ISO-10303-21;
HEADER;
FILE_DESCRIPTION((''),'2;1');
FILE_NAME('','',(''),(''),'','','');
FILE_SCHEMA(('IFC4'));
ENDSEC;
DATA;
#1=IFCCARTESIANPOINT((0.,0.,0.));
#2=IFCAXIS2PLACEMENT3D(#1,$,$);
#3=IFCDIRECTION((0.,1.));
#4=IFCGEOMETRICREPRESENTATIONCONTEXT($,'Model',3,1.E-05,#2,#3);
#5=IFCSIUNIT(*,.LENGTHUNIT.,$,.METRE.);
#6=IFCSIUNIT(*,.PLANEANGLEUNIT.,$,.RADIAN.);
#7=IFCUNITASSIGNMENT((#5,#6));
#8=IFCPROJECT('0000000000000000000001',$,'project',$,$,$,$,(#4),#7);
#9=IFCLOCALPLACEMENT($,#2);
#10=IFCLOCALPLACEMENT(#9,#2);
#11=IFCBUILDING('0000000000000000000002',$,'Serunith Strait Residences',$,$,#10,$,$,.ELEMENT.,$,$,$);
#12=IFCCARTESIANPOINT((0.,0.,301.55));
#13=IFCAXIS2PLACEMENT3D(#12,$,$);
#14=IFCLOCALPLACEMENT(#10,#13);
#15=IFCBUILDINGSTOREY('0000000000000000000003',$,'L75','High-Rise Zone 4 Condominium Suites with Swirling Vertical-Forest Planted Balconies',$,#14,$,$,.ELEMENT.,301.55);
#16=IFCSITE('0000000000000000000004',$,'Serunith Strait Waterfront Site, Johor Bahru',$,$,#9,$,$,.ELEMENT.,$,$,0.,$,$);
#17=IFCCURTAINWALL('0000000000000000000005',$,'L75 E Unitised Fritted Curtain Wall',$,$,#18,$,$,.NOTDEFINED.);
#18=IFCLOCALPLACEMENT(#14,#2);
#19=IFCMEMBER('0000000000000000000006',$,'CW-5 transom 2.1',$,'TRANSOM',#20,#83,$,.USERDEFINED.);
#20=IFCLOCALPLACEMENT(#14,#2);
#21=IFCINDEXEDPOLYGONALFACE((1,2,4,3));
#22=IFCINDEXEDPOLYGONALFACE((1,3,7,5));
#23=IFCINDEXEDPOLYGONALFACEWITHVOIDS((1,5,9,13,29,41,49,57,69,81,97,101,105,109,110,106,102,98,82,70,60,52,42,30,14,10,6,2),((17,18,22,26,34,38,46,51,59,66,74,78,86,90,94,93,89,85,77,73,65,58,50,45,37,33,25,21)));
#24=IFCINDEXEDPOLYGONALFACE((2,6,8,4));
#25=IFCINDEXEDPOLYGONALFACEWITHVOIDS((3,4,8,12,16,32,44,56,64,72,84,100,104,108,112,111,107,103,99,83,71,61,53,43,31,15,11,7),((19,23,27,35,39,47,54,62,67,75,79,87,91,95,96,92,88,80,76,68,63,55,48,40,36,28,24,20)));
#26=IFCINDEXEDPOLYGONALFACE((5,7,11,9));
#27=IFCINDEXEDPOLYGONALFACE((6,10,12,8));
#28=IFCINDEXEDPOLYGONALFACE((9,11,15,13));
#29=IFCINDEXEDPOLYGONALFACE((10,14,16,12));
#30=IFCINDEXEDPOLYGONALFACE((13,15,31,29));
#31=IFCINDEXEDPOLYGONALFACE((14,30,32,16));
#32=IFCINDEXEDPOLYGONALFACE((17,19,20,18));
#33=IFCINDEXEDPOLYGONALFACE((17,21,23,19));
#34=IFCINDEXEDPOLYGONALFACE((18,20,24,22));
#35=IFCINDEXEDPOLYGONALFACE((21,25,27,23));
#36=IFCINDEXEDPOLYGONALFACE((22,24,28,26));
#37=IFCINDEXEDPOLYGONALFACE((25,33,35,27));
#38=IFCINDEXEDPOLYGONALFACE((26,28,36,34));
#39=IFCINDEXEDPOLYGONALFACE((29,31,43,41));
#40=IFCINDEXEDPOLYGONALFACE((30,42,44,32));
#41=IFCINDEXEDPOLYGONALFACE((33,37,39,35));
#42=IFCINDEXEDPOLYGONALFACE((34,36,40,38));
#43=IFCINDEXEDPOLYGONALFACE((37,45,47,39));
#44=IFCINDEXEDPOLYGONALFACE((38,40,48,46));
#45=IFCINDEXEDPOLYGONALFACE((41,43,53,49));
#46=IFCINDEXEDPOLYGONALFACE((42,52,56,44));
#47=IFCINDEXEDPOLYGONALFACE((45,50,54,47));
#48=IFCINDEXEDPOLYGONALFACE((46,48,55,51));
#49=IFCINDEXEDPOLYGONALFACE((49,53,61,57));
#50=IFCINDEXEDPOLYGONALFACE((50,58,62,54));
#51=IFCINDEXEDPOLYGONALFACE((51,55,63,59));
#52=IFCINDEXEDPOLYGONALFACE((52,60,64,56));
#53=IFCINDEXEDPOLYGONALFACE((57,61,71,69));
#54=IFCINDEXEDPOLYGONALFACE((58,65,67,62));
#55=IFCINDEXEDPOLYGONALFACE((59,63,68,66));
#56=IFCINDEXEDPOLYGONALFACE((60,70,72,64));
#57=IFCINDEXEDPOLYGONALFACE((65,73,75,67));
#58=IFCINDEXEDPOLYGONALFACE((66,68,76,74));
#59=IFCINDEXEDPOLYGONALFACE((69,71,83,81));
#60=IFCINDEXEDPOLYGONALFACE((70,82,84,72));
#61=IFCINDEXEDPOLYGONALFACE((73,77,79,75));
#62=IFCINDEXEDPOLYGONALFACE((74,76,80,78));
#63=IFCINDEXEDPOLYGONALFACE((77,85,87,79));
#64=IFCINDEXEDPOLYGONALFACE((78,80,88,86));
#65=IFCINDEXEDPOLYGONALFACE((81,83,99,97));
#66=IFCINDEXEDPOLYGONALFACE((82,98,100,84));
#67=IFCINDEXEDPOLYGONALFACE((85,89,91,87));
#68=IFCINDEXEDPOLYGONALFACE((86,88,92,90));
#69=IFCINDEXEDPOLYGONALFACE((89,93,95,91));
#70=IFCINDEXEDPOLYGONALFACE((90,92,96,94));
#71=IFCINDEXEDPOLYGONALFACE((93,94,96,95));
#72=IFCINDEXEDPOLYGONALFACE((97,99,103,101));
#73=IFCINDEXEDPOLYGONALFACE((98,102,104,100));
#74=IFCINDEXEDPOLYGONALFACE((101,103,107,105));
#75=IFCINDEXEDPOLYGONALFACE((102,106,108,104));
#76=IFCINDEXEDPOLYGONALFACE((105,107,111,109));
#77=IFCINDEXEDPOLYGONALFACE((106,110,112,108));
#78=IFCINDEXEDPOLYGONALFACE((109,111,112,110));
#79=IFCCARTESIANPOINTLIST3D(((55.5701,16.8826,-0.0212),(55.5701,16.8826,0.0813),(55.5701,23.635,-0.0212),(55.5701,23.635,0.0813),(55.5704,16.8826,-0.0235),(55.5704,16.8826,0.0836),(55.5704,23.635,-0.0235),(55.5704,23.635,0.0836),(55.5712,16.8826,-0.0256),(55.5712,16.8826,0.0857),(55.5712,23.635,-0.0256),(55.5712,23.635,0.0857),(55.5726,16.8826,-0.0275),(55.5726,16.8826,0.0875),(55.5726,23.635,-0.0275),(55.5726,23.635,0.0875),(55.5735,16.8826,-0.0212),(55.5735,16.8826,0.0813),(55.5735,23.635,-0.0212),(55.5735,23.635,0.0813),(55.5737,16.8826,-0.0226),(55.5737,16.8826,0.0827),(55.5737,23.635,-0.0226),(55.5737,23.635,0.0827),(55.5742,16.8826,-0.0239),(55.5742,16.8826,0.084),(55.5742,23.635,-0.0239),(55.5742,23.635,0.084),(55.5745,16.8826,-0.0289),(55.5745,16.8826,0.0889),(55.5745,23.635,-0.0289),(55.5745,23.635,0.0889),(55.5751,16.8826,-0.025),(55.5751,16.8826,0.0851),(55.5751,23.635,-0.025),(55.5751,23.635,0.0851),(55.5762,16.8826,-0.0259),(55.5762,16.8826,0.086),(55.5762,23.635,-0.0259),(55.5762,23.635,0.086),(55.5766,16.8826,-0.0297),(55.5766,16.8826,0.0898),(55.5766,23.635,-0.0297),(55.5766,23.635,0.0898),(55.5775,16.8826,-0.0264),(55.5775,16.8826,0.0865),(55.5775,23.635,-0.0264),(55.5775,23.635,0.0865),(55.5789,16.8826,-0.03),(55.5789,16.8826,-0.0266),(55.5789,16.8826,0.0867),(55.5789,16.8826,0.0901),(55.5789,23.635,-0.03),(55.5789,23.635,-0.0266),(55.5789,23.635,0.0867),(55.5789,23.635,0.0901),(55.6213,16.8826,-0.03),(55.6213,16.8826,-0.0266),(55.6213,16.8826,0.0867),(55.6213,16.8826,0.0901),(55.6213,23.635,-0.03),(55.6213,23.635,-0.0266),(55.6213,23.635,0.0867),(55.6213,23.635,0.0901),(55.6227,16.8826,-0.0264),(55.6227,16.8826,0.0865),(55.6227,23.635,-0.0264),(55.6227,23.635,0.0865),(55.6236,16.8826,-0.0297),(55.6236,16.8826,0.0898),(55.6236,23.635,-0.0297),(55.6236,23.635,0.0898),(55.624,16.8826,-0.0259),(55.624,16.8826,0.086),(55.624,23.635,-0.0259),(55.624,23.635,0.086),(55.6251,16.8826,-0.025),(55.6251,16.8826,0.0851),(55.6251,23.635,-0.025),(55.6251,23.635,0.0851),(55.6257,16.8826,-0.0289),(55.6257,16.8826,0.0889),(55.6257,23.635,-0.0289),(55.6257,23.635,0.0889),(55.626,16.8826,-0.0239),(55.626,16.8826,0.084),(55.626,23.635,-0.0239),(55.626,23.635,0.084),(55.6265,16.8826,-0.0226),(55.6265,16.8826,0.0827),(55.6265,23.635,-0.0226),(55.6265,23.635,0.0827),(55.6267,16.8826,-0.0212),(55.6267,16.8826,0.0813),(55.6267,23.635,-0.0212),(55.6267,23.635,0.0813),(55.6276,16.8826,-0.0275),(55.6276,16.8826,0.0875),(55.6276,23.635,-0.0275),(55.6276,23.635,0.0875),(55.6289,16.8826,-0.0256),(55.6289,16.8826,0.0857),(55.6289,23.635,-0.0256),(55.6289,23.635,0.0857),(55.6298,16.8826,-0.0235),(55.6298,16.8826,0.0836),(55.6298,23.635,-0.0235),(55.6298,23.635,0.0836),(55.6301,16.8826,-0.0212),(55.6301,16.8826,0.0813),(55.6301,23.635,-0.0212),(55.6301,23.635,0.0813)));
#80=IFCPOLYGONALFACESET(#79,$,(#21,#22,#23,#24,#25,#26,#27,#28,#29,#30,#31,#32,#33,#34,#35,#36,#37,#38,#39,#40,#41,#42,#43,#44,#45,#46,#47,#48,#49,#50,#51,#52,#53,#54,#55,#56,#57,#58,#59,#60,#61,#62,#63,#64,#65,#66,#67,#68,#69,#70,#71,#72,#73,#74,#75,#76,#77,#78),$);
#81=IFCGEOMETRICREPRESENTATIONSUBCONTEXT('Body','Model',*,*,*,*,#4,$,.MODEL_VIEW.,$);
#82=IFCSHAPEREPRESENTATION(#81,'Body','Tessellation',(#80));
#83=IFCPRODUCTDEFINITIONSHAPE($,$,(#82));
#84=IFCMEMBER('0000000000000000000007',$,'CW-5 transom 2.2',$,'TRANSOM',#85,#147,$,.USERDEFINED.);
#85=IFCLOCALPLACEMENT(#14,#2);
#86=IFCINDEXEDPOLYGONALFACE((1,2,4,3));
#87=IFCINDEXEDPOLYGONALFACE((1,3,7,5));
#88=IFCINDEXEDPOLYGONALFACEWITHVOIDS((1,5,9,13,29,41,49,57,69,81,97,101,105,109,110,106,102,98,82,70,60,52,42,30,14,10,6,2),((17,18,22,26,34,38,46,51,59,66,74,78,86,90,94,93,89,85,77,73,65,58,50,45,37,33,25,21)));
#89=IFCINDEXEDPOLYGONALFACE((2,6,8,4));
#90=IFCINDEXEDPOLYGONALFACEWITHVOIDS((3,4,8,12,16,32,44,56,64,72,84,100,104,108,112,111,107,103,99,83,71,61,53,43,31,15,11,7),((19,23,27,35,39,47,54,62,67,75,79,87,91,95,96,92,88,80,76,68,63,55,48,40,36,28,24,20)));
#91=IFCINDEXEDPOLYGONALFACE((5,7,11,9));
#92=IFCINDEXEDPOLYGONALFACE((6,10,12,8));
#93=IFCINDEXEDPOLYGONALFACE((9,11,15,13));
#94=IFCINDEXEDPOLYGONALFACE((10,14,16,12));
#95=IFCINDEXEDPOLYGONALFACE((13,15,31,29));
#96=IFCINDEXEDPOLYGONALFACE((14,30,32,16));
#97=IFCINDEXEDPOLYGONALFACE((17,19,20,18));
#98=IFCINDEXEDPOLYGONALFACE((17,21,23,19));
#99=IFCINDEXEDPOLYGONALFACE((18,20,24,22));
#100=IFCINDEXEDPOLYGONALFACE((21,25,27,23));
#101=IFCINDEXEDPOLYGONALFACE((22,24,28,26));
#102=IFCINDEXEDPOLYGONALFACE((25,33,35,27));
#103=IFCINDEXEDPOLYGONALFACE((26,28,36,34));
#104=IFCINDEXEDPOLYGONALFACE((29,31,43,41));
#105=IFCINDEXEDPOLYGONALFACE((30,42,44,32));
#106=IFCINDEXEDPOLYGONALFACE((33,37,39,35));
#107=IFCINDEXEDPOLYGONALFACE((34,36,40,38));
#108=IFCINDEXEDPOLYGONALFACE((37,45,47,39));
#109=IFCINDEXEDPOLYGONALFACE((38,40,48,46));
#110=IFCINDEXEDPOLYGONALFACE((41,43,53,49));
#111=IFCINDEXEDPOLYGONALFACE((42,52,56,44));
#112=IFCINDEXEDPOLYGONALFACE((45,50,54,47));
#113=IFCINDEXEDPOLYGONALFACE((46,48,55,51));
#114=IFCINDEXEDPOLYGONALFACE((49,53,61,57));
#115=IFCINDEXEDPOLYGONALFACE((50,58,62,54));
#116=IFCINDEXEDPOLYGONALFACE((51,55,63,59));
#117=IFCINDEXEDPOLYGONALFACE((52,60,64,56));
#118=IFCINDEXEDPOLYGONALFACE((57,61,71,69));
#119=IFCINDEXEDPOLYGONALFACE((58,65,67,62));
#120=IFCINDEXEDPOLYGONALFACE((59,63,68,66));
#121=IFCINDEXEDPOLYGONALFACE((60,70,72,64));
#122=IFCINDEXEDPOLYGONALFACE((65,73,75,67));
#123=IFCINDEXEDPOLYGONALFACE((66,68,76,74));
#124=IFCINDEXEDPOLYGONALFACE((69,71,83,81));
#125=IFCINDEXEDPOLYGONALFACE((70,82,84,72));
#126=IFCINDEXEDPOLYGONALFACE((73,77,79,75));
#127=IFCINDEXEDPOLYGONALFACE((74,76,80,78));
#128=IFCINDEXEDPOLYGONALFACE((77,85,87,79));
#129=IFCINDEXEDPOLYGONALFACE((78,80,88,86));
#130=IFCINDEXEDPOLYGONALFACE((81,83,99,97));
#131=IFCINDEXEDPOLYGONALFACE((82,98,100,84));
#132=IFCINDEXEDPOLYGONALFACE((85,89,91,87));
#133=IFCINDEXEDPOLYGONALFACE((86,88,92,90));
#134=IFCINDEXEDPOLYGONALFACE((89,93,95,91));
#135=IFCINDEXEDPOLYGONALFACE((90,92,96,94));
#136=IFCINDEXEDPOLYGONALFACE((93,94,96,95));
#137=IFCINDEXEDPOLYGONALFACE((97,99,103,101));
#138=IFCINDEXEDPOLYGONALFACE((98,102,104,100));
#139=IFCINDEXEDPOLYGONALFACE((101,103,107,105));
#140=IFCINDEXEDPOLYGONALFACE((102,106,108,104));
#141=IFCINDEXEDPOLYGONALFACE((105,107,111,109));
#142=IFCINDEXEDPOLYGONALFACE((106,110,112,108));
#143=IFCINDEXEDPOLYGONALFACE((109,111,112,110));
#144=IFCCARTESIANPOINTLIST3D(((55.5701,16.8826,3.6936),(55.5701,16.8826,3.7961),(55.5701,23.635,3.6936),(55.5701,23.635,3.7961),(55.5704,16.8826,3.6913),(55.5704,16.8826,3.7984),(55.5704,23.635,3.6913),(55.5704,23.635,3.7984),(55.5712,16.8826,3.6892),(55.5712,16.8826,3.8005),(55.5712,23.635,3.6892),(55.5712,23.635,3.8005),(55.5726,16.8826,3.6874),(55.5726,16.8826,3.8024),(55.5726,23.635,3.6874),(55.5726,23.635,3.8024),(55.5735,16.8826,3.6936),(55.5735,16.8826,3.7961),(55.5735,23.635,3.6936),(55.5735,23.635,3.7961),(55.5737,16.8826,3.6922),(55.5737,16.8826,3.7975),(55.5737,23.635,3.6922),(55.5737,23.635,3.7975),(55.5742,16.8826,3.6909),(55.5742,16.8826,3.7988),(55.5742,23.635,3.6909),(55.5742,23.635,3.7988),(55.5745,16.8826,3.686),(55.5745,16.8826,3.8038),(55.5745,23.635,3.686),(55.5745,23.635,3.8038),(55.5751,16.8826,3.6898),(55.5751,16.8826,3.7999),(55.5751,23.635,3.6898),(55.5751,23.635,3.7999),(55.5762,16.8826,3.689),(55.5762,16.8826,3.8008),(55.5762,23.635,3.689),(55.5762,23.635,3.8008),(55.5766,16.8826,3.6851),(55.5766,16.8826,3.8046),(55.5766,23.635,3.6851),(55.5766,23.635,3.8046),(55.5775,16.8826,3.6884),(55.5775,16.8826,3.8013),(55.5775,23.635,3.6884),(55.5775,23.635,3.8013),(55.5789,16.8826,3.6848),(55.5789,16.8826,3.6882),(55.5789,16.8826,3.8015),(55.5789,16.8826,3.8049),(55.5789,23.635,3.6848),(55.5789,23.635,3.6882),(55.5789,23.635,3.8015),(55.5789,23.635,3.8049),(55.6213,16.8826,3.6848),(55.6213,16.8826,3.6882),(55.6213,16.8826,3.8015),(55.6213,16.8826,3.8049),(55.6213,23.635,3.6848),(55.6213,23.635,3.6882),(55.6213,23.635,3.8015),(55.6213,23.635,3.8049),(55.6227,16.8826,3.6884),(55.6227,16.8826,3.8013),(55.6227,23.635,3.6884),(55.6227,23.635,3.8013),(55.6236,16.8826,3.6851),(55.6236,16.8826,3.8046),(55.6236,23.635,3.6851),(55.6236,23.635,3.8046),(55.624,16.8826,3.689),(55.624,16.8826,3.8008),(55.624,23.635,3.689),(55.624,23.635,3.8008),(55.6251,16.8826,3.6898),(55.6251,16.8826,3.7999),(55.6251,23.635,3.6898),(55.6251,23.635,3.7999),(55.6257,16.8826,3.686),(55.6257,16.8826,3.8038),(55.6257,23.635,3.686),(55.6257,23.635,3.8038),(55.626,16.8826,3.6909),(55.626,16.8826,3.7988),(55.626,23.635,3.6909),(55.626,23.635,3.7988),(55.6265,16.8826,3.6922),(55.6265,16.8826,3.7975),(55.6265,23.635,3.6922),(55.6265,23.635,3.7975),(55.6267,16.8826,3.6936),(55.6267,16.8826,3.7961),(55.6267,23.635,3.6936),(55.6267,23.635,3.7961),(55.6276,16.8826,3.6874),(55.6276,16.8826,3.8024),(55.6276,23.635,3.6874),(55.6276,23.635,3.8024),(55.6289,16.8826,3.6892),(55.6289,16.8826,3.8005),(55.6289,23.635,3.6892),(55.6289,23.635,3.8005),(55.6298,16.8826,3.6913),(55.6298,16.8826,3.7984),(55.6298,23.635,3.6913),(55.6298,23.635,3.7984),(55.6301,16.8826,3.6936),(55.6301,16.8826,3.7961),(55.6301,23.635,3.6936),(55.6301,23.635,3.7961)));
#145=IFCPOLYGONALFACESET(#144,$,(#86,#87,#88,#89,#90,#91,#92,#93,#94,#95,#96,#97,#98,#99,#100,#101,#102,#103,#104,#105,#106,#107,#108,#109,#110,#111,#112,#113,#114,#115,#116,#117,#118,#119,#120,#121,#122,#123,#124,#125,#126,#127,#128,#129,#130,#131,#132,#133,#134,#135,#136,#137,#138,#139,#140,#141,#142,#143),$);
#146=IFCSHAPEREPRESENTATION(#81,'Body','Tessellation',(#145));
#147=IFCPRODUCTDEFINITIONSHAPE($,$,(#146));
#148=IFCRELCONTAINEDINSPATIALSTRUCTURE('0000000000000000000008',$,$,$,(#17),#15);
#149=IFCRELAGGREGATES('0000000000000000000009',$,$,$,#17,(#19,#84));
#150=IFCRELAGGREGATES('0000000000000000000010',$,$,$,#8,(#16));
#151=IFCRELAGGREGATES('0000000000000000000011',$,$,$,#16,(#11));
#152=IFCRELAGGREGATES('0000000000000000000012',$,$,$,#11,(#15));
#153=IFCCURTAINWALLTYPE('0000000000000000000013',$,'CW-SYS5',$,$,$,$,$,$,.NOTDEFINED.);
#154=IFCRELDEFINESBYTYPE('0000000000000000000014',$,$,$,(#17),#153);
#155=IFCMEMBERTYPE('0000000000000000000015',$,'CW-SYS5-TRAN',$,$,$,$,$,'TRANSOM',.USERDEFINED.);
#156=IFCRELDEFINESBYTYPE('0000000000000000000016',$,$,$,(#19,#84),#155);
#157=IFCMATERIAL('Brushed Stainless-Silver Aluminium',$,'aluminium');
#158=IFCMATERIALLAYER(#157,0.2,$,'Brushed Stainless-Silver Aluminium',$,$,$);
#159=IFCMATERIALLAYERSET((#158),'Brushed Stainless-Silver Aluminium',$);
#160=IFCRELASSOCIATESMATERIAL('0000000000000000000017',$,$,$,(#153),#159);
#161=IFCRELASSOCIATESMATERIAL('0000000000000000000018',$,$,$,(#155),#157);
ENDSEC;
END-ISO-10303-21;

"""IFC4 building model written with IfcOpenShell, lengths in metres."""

from ifc_helpers import new_model, si_unit, direction, frame, origin, origin_2d, place, context, subcontext, project, spatial, hollow_rectangle, extrude, source, transform, mapped, material, layer, layer_set, material_profile, profile_set, type_object, element, aggregate, save


model = new_model("IFC4")

# Units and contexts
model_context = context("Model", 3, precision=1e-05, world=origin(), true_north=direction((0.0, 1.0)))
body_context = subcontext(model_context, "Body", "Model", "MODEL_VIEW")
ifc_project = project(units=[si_unit("LENGTHUNIT", "METRE"), si_unit("PLANEANGLEUNIT", "RADIAN")], contexts=[model_context])

# Site, building, storey
site_placement = place(None, origin())
site = spatial("IfcSite", under=ifc_project, at=site_placement, Name="Serunith Strait Waterfront Site, Johor Bahru", CompositionType="ELEMENT", RefElevation=0.0)
building_placement = place(site_placement, origin())
building = spatial("IfcBuilding", under=site, at=building_placement, Name="Serunith Strait Residences", CompositionType="ELEMENT")
storey_placement = place(building_placement, frame((0.0, 0.0, 301.55)))
storey = spatial("IfcBuildingStorey", under=building, at=storey_placement, Name="L75", Description="High-Rise Zone 4 Condominium Suites with Swirling Vertical-Forest Planted Balconies", CompositionType="ELEMENT", Elevation=301.55)

# Curtain wall, members
ifc_material_1 = material(Name="Brushed Stainless-Silver Aluminium", Category="aluminium")
ifc_layer_1 = layer(ifc_material_1, 0.2, Name="Brushed Stainless-Silver Aluminium")
ifc_layer_set_1 = layer_set([ifc_layer_1], Name="Brushed Stainless-Silver Aluminium")
curtain_wall_type = type_object("IfcCurtainWallType", Name="CW-SYS5", PredefinedType="NOTDEFINED", material=ifc_layer_set_1)
curtain_wall_placement = place(storey_placement, origin())
curtain_wall = element("IfcCurtainWall", 1, at=curtain_wall_placement, inside=storey, type_object=curtain_wall_type, Name="L75 E Unitised Fritted Curtain Wall", PredefinedType="NOTDEFINED")
ifc_material_profile_1 = material_profile(ifc_material_1, hollow_rectangle(XDim=0.0601, YDim=0.1201, WallThickness=0.0034, InnerFilletRadius=0.0054, OuterFilletRadius=0.0088, at=origin_2d()), Name="ALU 120x60x3.5")
ifc_profile_set_1 = profile_set([ifc_material_profile_1], Name="Brushed Stainless-Silver Aluminium")
member_type_1 = type_object("IfcMemberType", Name="CW-SYS5-TRAN", ElementType="TRANSOM", PredefinedType="USERDEFINED", material=ifc_profile_set_1)
shared_shape_1 = source(origin(), body_context, "Body", "SweptSolid", [
    extrude(hollow_rectangle(XDim=0.0601, YDim=0.1201, WallThickness=0.0034, InnerFilletRadius=0.0054, OuterFilletRadius=0.0088, at=origin_2d()), origin(), (0.0, 0.0, 1.0), 6.7524),
])
member_1_placement = place(storey_placement, frame((55.6001, 16.8826, 0.03), z_axis=(0.0, 1.0, 0.0), x_axis=(-1.0, 0.0, 0.0)))
member_1 = element("IfcMember", 2, at=member_1_placement, type_object=member_type_1, Name="CW-5 transom 2.1", ObjectType="TRANSOM", PredefinedType="USERDEFINED", context=body_context, shape_type="MappedRepresentation", body=[
    mapped(shared_shape_1, transform((0.0, 0.0, 0.0), scale=1.0)),
])
member_2_placement = place(storey_placement, frame((55.6001, 16.8826, 3.7449), z_axis=(0.0, 1.0, 0.0), x_axis=(-1.0, 0.0, 0.0)))
member_2 = element("IfcMember", 3, at=member_2_placement, type_object=member_type_1, Name="CW-5 transom 2.2", ObjectType="TRANSOM", PredefinedType="USERDEFINED", context=body_context, shape_type="MappedRepresentation", body=[
    mapped(shared_shape_1, transform((0.0, 0.0, 0.0), scale=1.0)),
])
aggregate(curtain_wall, [member_1, member_2])

save(model, "model.ifc")
